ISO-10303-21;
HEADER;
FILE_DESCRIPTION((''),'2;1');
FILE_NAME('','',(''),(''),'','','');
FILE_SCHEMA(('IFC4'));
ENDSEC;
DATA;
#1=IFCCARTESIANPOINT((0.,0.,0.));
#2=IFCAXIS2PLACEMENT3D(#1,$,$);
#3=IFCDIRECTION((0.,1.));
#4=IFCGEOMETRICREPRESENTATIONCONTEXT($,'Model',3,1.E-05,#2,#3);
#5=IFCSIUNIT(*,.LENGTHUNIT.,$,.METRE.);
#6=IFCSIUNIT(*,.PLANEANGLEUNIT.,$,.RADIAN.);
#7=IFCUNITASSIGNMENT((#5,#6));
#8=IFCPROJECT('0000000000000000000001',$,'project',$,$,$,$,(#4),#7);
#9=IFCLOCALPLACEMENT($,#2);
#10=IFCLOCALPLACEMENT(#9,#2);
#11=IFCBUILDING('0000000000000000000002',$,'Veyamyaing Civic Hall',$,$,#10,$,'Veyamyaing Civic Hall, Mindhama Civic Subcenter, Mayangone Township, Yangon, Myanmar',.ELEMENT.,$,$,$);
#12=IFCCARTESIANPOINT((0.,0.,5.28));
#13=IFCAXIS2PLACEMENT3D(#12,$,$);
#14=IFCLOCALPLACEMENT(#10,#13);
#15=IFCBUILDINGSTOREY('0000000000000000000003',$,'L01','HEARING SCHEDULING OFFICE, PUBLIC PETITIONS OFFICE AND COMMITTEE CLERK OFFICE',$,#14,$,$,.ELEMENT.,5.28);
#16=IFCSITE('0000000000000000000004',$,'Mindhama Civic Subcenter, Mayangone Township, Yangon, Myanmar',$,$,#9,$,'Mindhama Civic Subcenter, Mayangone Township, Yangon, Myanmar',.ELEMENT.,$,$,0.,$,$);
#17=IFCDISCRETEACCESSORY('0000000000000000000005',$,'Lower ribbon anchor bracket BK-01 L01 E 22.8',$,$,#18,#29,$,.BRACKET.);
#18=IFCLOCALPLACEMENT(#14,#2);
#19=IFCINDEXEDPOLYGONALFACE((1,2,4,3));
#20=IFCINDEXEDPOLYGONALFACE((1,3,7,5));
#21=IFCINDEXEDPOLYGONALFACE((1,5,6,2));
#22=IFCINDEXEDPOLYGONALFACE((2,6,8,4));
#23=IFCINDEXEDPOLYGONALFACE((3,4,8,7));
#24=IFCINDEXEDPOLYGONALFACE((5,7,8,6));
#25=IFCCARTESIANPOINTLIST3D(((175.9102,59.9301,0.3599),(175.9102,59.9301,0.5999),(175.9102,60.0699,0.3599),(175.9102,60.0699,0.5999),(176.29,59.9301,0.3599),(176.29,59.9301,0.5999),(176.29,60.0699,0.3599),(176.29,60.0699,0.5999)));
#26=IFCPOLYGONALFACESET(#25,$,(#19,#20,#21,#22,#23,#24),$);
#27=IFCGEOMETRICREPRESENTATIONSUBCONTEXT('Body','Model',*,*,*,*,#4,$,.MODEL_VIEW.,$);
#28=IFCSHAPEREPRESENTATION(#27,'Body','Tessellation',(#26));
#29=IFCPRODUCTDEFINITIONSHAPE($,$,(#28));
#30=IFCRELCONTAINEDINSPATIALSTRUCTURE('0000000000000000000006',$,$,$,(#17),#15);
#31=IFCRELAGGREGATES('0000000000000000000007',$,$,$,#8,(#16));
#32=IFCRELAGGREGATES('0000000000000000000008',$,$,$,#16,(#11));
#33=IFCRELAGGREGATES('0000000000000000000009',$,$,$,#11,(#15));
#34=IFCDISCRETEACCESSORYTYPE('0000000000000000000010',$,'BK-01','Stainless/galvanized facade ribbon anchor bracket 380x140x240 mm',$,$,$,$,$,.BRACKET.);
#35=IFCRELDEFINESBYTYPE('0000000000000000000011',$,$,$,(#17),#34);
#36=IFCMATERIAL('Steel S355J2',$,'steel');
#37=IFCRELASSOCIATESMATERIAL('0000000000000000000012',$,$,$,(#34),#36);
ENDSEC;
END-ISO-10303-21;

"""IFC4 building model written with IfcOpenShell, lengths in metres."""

from ifc_helpers import new_model, si_unit, direction, frame, origin, origin_2d, place, context, subcontext, project, spatial, rectangle, extrude, material, type_object, element, save


model = new_model("IFC4")

# Units and contexts
model_context = context("Model", 3, precision=1e-05, world=origin(), true_north=direction((0.0, 1.0)))
body_context = subcontext(model_context, "Body", "Model", "MODEL_VIEW")
ifc_project = project(units=[si_unit("LENGTHUNIT", "METRE"), si_unit("PLANEANGLEUNIT", "RADIAN")], contexts=[model_context])

# Site, building, storey
site_placement = place(None, origin())
site = spatial("IfcSite", under=ifc_project, at=site_placement, Name="Mindhama Civic Subcenter, Mayangone Township, Yangon, Myanmar", LongName="Mindhama Civic Subcenter, Mayangone Township, Yangon, Myanmar", CompositionType="ELEMENT", RefElevation=0.0)
building_placement = place(site_placement, origin())
building = spatial("IfcBuilding", under=site, at=building_placement, Name="Veyamyaing Civic Hall", LongName="Veyamyaing Civic Hall, Mindhama Civic Subcenter, Mayangone Township, Yangon, Myanmar", CompositionType="ELEMENT")
storey_placement = place(building_placement, frame((0.0, 0.0, 5.28)))
storey = spatial("IfcBuildingStorey", under=building, at=storey_placement, Name="L01", Description="HEARING SCHEDULING OFFICE, PUBLIC PETITIONS OFFICE AND COMMITTEE CLERK OFFICE", CompositionType="ELEMENT", Elevation=5.28)

# Discrete accessory
ifc_material_1 = material(Name="Steel S355J2", Category="steel")
discrete_accessory_type = type_object("IfcDiscreteAccessoryType", Name="BK-01", Description="Stainless/galvanized facade ribbon anchor bracket 380x140x240 mm", PredefinedType="BRACKET", material=ifc_material_1)
for number, where, z_axis, x_axis, name in (
    (1, (176.1001, 60.0, 0.3599), (0.0, 0.0, 1.0), (1.0, 0.0, 0.0), "Lower ribbon anchor bracket BK-01 L01 E 22.8"),
):
    element("IfcDiscreteAccessory", number, at=place(storey_placement, frame(where, z_axis=z_axis, x_axis=x_axis)), inside=storey, type_object=discrete_accessory_type, Name=name, PredefinedType="BRACKET", context=body_context, shape_type="SweptSolid", body=[
        extrude(rectangle(XDim=0.3799, YDim=0.1399, at=origin_2d()), origin(), (0.0, 0.0, 1.0), 0.24),
    ])

save(model, "model.ifc")
